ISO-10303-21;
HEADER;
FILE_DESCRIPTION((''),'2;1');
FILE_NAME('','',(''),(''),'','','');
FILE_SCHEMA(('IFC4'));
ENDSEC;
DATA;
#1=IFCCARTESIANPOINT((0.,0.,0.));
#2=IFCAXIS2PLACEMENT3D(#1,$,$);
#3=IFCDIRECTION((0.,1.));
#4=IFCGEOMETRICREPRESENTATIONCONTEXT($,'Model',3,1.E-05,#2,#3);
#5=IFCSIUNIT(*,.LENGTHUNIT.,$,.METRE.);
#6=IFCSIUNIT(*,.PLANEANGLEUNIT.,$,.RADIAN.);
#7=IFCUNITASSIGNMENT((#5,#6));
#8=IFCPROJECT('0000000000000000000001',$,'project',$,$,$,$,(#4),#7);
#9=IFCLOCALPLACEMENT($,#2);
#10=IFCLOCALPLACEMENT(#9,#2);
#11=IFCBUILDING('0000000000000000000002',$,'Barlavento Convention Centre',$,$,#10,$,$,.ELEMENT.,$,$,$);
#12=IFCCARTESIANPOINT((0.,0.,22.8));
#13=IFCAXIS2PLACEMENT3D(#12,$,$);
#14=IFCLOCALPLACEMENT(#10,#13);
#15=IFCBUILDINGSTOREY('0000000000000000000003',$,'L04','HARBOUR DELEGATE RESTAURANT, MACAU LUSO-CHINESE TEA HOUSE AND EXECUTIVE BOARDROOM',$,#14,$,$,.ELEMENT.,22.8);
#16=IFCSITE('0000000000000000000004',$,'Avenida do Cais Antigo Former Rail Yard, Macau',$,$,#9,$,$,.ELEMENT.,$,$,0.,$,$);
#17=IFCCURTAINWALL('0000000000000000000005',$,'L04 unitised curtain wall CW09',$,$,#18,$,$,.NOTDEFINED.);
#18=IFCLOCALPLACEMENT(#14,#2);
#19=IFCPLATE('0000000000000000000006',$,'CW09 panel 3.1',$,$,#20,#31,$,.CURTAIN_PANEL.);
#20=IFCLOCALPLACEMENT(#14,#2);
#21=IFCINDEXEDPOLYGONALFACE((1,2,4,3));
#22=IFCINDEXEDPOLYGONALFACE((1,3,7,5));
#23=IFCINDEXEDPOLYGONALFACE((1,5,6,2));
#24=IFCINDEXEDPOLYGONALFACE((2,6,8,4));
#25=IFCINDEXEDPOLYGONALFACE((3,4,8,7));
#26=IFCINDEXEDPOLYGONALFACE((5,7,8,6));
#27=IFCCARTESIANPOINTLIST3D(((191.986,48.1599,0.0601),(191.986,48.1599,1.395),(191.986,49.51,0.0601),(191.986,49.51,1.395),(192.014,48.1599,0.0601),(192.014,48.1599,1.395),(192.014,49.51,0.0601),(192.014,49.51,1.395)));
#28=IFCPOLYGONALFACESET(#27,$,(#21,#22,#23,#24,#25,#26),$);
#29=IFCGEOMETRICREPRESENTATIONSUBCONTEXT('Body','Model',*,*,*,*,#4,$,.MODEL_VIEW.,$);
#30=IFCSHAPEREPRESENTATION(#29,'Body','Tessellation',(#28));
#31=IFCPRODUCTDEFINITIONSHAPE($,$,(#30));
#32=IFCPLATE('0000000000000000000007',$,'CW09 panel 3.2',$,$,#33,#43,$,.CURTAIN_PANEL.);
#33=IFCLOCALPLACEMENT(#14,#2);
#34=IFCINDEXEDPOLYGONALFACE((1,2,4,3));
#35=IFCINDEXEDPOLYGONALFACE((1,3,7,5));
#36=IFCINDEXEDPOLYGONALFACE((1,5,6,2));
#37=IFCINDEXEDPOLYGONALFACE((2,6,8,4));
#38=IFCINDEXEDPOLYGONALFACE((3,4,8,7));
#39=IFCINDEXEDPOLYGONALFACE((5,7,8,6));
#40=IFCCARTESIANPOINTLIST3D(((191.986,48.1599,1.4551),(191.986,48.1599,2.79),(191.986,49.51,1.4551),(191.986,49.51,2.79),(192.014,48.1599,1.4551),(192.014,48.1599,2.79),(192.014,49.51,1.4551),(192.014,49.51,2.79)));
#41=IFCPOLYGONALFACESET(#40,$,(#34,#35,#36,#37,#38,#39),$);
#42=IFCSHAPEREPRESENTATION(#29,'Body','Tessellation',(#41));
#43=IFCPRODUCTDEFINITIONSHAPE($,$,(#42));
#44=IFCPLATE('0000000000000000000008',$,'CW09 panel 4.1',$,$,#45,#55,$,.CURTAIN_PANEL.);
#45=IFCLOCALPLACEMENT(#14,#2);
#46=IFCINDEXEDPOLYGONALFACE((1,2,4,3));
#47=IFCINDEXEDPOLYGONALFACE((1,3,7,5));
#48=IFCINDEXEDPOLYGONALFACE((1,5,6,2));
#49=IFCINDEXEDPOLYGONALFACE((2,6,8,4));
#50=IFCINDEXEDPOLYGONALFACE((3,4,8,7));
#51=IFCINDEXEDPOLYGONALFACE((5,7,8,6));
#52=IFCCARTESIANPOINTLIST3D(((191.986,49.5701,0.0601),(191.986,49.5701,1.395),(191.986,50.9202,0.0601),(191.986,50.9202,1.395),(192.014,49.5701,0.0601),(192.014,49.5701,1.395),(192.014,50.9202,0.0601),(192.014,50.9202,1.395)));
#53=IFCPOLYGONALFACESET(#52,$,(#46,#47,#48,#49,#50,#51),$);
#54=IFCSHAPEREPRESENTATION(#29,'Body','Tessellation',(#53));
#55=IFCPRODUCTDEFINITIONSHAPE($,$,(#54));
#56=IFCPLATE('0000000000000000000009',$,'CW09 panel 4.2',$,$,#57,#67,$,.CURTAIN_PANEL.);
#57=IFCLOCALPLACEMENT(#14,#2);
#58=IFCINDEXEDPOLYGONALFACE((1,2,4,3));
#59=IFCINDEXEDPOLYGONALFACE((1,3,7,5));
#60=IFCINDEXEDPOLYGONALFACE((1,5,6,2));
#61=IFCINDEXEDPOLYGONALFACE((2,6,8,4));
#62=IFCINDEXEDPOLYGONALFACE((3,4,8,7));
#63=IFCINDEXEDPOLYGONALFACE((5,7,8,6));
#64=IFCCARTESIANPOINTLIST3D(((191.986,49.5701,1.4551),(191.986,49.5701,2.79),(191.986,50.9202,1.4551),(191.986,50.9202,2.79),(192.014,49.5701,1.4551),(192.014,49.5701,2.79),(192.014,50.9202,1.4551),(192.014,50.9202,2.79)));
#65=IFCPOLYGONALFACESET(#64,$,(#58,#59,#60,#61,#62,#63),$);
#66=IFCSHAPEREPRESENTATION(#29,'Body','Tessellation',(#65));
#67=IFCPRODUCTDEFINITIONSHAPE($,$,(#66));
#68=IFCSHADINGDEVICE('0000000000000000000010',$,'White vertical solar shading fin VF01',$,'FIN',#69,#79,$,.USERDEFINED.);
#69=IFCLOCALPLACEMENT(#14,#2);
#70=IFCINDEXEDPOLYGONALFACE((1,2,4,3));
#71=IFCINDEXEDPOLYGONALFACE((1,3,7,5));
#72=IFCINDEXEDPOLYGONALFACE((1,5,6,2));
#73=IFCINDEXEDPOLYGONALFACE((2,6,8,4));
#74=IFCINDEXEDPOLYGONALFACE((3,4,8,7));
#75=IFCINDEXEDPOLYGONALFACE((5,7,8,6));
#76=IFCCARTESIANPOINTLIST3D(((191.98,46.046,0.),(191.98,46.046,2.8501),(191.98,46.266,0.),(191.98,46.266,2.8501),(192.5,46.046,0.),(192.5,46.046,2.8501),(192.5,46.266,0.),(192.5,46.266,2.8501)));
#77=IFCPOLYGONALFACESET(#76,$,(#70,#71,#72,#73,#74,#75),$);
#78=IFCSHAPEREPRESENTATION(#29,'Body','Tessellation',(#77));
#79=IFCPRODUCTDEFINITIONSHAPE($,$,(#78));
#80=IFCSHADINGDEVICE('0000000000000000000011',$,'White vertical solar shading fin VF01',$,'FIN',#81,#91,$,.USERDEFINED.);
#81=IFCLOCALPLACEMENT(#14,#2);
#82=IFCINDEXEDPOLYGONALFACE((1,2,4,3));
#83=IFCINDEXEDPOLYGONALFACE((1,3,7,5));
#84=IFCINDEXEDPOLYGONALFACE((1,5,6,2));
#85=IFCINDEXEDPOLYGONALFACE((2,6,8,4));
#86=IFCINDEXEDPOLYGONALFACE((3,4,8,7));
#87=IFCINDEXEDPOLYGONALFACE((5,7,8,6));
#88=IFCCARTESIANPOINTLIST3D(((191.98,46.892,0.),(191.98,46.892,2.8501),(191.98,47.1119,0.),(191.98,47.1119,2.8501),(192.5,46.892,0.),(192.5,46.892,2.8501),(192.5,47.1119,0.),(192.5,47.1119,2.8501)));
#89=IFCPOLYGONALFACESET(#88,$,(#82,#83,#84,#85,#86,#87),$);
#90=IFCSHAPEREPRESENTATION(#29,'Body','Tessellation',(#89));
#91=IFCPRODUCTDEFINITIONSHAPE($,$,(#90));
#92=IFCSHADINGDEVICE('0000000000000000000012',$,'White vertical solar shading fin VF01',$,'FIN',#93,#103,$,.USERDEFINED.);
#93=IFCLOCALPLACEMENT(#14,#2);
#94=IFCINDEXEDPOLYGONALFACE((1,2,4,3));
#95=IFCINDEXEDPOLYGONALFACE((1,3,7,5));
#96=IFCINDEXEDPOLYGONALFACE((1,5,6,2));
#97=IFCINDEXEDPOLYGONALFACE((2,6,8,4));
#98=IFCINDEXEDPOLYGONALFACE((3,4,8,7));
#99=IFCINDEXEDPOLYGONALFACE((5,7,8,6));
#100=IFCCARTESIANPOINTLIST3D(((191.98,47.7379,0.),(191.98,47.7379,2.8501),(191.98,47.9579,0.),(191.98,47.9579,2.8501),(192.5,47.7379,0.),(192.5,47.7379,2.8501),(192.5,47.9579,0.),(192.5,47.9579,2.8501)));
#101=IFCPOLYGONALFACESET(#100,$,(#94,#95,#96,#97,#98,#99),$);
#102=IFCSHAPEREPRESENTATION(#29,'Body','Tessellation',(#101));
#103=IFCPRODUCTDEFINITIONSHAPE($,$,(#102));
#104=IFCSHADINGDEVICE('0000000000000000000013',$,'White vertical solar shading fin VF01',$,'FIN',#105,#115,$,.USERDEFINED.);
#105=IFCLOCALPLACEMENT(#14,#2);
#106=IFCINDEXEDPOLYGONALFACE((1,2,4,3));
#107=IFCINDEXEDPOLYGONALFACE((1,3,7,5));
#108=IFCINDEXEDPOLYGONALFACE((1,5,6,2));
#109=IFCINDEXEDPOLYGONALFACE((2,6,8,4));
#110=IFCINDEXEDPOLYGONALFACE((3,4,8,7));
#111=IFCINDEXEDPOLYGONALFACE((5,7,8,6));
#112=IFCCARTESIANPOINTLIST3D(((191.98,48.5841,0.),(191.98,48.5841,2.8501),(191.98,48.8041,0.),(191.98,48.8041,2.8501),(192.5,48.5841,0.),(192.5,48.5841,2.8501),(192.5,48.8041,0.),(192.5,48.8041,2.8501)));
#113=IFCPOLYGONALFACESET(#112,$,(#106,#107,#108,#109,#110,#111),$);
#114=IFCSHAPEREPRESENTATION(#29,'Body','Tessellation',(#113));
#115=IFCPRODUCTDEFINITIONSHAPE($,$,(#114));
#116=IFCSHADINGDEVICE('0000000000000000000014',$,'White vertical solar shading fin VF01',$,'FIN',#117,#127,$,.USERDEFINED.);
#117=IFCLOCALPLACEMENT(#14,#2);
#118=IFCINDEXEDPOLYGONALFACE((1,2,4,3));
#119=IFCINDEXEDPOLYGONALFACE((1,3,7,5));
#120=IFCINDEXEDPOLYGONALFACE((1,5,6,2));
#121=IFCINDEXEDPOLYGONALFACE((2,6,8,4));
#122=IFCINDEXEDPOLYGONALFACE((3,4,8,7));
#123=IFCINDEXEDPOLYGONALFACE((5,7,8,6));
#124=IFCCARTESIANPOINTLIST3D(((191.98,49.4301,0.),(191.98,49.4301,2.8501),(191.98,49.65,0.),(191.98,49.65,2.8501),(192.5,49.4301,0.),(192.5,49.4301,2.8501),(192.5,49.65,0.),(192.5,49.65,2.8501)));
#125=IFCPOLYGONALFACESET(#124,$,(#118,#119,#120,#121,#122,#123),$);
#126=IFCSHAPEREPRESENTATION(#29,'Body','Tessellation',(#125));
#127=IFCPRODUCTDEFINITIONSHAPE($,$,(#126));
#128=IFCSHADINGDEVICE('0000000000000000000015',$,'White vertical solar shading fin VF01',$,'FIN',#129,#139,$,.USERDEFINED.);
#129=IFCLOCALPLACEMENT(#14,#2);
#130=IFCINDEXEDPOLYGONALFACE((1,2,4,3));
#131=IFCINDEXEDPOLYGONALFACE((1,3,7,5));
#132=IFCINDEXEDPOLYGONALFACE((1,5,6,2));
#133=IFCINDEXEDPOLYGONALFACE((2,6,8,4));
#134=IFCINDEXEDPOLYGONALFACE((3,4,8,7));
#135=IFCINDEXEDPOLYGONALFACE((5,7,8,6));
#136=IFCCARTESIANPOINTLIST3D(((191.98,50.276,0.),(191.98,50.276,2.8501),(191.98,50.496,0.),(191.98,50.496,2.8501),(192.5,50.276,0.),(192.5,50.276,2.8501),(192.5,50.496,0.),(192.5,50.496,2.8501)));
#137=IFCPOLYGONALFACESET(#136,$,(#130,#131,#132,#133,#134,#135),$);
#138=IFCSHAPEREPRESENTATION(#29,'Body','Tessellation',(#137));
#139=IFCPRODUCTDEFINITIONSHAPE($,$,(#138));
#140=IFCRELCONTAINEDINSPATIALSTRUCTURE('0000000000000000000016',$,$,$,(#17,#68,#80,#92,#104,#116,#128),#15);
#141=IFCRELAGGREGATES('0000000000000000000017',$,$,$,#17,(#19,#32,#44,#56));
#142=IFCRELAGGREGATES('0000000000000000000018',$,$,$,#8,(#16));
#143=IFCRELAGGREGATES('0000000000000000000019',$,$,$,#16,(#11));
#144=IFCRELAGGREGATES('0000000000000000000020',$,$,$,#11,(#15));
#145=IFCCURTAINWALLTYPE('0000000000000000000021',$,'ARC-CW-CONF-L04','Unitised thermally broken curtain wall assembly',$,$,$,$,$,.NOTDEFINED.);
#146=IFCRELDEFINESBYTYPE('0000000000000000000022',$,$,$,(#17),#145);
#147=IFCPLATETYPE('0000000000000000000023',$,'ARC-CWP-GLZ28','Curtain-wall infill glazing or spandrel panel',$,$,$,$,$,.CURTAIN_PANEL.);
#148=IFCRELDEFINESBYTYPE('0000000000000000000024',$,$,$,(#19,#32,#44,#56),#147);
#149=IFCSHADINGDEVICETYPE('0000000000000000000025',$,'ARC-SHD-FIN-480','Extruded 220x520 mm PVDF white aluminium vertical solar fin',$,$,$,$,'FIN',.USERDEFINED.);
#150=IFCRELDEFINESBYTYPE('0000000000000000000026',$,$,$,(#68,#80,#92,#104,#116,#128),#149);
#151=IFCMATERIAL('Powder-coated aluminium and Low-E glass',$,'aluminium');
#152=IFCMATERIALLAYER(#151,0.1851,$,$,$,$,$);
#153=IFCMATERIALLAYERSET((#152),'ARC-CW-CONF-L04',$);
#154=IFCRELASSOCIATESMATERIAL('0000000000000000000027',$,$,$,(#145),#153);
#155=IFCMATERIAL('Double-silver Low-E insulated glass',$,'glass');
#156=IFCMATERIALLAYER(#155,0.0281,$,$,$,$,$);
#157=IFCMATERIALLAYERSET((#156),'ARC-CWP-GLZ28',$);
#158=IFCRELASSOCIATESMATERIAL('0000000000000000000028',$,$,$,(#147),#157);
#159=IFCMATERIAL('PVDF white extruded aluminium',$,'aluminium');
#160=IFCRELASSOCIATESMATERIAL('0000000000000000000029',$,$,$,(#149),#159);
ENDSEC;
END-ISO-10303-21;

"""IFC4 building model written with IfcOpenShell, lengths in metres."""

from ifc_helpers import new_model, si_unit, direction, frame, origin, origin_2d, place, context, subcontext, project, spatial, rectangle, extrude, material, layer, layer_set, type_object, element, aggregate, save


model = new_model("IFC4")

# Units and contexts
model_context = context("Model", 3, precision=1e-05, world=origin(), true_north=direction((0.0, 1.0)))
body_context = subcontext(model_context, "Body", "Model", "MODEL_VIEW")
ifc_project = project(units=[si_unit("LENGTHUNIT", "METRE"), si_unit("PLANEANGLEUNIT", "RADIAN")], contexts=[model_context])

# Site, building, storey
site_placement = place(None, origin())
site = spatial("IfcSite", under=ifc_project, at=site_placement, Name="Avenida do Cais Antigo Former Rail Yard, Macau", CompositionType="ELEMENT", RefElevation=0.0)
building_placement = place(site_placement, origin())
building = spatial("IfcBuilding", under=site, at=building_placement, Name="Barlavento Convention Centre", CompositionType="ELEMENT")
storey_placement = place(building_placement, frame((0.0, 0.0, 22.8)))
storey = spatial("IfcBuildingStorey", under=building, at=storey_placement, Name="L04", Description="HARBOUR DELEGATE RESTAURANT, MACAU LUSO-CHINESE TEA HOUSE AND EXECUTIVE BOARDROOM", CompositionType="ELEMENT", Elevation=22.8)

# Curtain wall, plates
ifc_material_1 = material(Name="Powder-coated aluminium and Low-E glass", Category="aluminium")
ifc_layer_1 = layer(ifc_material_1, 0.1851)
ifc_layer_set_1 = layer_set([ifc_layer_1], Name="ARC-CW-CONF-L04")
curtain_wall_type = type_object("IfcCurtainWallType", Name="ARC-CW-CONF-L04", Description="Unitised thermally broken curtain wall assembly", PredefinedType="NOTDEFINED", material=ifc_layer_set_1)
curtain_wall_placement = place(storey_placement, origin())
curtain_wall = element("IfcCurtainWall", 1, at=curtain_wall_placement, inside=storey, type_object=curtain_wall_type, Name="L04 unitised curtain wall CW09", PredefinedType="NOTDEFINED")
ifc_material_2 = material(Name="Double-silver Low-E insulated glass", Category="glass")
ifc_layer_2 = layer(ifc_material_2, 0.0281)
ifc_layer_set_2 = layer_set([ifc_layer_2], Name="ARC-CWP-GLZ28")
plate_type = type_object("IfcPlateType", Name="ARC-CWP-GLZ28", Description="Curtain-wall infill glazing or spandrel panel", PredefinedType="CURTAIN_PANEL", material=ifc_layer_set_2)
plate_1_placement = place(storey_placement, frame((192.0, 48.835, 0.0601), z_axis=(0.0, 0.0, 1.0), x_axis=(0.0, 1.0, 0.0)))
plate_1 = element("IfcPlate", 2, at=plate_1_placement, type_object=plate_type, Name="CW09 panel 3.1", PredefinedType="CURTAIN_PANEL", context=body_context, shape_type="SweptSolid", body=[
    extrude(rectangle(XDim=1.3501, YDim=0.0281, at=origin_2d()), origin(), (0.0, 0.0, 1.0), 1.335),
])
plate_2_placement = place(storey_placement, frame((192.0, 48.835, 1.4551), z_axis=(0.0, 0.0, 1.0), x_axis=(0.0, 1.0, 0.0)))
plate_2 = element("IfcPlate", 3, at=plate_2_placement, type_object=plate_type, Name="CW09 panel 3.2", PredefinedType="CURTAIN_PANEL", context=body_context, shape_type="SweptSolid", body=[
    extrude(rectangle(XDim=1.3501, YDim=0.0281, at=origin_2d()), origin(), (0.0, 0.0, 1.0), 1.335),
])
plate_3_placement = place(storey_placement, frame((192.0, 50.2451, 0.0601), z_axis=(0.0, 0.0, 1.0), x_axis=(0.0, 1.0, 0.0)))
plate_3 = element("IfcPlate", 4, at=plate_3_placement, type_object=plate_type, Name="CW09 panel 4.1", PredefinedType="CURTAIN_PANEL", context=body_context, shape_type="SweptSolid", body=[
    extrude(rectangle(XDim=1.3501, YDim=0.0281, at=origin_2d()), origin(), (0.0, 0.0, 1.0), 1.335),
])
plate_4_placement = place(storey_placement, frame((192.0, 50.2451, 1.4551), z_axis=(0.0, 0.0, 1.0), x_axis=(0.0, 1.0, 0.0)))
plate_4 = element("IfcPlate", 5, at=plate_4_placement, type_object=plate_type, Name="CW09 panel 4.2", PredefinedType="CURTAIN_PANEL", context=body_context, shape_type="SweptSolid", body=[
    extrude(rectangle(XDim=1.3501, YDim=0.0281, at=origin_2d()), origin(), (0.0, 0.0, 1.0), 1.335),
])
aggregate(curtain_wall, [plate_1, plate_2, plate_3, plate_4])

# Shading devices
ifc_material_3 = material(Name="PVDF white extruded aluminium", Category="aluminium")
shading_device_type = type_object("IfcShadingDeviceType", Name="ARC-SHD-FIN-480", Description="Extruded 220x520 mm PVDF white aluminium vertical solar fin", ElementType="FIN", PredefinedType="USERDEFINED", material=ifc_material_3)
for number, where, z_axis, x_axis, name in (
    (6, (192.24, 46.156, 0.0), (0.0, 0.0, 1.0), (0.0, 1.0, 0.0), "White vertical solar shading fin VF01"),
    (7, (192.24, 47.002, 0.0), (0.0, 0.0, 1.0), (0.0, 1.0, 0.0), "White vertical solar shading fin VF01"),
    (8, (192.24, 47.8479, 0.0), (0.0, 0.0, 1.0), (0.0, 1.0, 0.0), "White vertical solar shading fin VF01"),
    (9, (192.24, 48.6941, 0.0), (0.0, 0.0, 1.0), (0.0, 1.0, 0.0), "White vertical solar shading fin VF01"),
    (10, (192.24, 49.54, 0.0), (0.0, 0.0, 1.0), (0.0, 1.0, 0.0), "White vertical solar shading fin VF01"),
    (11, (192.24, 50.386, 0.0), (0.0, 0.0, 1.0), (0.0, 1.0, 0.0), "White vertical solar shading fin VF01"),
):
    element("IfcShadingDevice", number, at=place(storey_placement, frame(where, z_axis=z_axis, x_axis=x_axis)), inside=storey, type_object=shading_device_type, Name=name, ObjectType="FIN", PredefinedType="USERDEFINED", context=body_context, shape_type="SweptSolid", body=[
        extrude(rectangle(XDim=0.22, YDim=0.52, at=origin_2d()), origin(), (0.0, 0.0, 1.0), 2.8501),
    ])

save(model, "model.ifc")
